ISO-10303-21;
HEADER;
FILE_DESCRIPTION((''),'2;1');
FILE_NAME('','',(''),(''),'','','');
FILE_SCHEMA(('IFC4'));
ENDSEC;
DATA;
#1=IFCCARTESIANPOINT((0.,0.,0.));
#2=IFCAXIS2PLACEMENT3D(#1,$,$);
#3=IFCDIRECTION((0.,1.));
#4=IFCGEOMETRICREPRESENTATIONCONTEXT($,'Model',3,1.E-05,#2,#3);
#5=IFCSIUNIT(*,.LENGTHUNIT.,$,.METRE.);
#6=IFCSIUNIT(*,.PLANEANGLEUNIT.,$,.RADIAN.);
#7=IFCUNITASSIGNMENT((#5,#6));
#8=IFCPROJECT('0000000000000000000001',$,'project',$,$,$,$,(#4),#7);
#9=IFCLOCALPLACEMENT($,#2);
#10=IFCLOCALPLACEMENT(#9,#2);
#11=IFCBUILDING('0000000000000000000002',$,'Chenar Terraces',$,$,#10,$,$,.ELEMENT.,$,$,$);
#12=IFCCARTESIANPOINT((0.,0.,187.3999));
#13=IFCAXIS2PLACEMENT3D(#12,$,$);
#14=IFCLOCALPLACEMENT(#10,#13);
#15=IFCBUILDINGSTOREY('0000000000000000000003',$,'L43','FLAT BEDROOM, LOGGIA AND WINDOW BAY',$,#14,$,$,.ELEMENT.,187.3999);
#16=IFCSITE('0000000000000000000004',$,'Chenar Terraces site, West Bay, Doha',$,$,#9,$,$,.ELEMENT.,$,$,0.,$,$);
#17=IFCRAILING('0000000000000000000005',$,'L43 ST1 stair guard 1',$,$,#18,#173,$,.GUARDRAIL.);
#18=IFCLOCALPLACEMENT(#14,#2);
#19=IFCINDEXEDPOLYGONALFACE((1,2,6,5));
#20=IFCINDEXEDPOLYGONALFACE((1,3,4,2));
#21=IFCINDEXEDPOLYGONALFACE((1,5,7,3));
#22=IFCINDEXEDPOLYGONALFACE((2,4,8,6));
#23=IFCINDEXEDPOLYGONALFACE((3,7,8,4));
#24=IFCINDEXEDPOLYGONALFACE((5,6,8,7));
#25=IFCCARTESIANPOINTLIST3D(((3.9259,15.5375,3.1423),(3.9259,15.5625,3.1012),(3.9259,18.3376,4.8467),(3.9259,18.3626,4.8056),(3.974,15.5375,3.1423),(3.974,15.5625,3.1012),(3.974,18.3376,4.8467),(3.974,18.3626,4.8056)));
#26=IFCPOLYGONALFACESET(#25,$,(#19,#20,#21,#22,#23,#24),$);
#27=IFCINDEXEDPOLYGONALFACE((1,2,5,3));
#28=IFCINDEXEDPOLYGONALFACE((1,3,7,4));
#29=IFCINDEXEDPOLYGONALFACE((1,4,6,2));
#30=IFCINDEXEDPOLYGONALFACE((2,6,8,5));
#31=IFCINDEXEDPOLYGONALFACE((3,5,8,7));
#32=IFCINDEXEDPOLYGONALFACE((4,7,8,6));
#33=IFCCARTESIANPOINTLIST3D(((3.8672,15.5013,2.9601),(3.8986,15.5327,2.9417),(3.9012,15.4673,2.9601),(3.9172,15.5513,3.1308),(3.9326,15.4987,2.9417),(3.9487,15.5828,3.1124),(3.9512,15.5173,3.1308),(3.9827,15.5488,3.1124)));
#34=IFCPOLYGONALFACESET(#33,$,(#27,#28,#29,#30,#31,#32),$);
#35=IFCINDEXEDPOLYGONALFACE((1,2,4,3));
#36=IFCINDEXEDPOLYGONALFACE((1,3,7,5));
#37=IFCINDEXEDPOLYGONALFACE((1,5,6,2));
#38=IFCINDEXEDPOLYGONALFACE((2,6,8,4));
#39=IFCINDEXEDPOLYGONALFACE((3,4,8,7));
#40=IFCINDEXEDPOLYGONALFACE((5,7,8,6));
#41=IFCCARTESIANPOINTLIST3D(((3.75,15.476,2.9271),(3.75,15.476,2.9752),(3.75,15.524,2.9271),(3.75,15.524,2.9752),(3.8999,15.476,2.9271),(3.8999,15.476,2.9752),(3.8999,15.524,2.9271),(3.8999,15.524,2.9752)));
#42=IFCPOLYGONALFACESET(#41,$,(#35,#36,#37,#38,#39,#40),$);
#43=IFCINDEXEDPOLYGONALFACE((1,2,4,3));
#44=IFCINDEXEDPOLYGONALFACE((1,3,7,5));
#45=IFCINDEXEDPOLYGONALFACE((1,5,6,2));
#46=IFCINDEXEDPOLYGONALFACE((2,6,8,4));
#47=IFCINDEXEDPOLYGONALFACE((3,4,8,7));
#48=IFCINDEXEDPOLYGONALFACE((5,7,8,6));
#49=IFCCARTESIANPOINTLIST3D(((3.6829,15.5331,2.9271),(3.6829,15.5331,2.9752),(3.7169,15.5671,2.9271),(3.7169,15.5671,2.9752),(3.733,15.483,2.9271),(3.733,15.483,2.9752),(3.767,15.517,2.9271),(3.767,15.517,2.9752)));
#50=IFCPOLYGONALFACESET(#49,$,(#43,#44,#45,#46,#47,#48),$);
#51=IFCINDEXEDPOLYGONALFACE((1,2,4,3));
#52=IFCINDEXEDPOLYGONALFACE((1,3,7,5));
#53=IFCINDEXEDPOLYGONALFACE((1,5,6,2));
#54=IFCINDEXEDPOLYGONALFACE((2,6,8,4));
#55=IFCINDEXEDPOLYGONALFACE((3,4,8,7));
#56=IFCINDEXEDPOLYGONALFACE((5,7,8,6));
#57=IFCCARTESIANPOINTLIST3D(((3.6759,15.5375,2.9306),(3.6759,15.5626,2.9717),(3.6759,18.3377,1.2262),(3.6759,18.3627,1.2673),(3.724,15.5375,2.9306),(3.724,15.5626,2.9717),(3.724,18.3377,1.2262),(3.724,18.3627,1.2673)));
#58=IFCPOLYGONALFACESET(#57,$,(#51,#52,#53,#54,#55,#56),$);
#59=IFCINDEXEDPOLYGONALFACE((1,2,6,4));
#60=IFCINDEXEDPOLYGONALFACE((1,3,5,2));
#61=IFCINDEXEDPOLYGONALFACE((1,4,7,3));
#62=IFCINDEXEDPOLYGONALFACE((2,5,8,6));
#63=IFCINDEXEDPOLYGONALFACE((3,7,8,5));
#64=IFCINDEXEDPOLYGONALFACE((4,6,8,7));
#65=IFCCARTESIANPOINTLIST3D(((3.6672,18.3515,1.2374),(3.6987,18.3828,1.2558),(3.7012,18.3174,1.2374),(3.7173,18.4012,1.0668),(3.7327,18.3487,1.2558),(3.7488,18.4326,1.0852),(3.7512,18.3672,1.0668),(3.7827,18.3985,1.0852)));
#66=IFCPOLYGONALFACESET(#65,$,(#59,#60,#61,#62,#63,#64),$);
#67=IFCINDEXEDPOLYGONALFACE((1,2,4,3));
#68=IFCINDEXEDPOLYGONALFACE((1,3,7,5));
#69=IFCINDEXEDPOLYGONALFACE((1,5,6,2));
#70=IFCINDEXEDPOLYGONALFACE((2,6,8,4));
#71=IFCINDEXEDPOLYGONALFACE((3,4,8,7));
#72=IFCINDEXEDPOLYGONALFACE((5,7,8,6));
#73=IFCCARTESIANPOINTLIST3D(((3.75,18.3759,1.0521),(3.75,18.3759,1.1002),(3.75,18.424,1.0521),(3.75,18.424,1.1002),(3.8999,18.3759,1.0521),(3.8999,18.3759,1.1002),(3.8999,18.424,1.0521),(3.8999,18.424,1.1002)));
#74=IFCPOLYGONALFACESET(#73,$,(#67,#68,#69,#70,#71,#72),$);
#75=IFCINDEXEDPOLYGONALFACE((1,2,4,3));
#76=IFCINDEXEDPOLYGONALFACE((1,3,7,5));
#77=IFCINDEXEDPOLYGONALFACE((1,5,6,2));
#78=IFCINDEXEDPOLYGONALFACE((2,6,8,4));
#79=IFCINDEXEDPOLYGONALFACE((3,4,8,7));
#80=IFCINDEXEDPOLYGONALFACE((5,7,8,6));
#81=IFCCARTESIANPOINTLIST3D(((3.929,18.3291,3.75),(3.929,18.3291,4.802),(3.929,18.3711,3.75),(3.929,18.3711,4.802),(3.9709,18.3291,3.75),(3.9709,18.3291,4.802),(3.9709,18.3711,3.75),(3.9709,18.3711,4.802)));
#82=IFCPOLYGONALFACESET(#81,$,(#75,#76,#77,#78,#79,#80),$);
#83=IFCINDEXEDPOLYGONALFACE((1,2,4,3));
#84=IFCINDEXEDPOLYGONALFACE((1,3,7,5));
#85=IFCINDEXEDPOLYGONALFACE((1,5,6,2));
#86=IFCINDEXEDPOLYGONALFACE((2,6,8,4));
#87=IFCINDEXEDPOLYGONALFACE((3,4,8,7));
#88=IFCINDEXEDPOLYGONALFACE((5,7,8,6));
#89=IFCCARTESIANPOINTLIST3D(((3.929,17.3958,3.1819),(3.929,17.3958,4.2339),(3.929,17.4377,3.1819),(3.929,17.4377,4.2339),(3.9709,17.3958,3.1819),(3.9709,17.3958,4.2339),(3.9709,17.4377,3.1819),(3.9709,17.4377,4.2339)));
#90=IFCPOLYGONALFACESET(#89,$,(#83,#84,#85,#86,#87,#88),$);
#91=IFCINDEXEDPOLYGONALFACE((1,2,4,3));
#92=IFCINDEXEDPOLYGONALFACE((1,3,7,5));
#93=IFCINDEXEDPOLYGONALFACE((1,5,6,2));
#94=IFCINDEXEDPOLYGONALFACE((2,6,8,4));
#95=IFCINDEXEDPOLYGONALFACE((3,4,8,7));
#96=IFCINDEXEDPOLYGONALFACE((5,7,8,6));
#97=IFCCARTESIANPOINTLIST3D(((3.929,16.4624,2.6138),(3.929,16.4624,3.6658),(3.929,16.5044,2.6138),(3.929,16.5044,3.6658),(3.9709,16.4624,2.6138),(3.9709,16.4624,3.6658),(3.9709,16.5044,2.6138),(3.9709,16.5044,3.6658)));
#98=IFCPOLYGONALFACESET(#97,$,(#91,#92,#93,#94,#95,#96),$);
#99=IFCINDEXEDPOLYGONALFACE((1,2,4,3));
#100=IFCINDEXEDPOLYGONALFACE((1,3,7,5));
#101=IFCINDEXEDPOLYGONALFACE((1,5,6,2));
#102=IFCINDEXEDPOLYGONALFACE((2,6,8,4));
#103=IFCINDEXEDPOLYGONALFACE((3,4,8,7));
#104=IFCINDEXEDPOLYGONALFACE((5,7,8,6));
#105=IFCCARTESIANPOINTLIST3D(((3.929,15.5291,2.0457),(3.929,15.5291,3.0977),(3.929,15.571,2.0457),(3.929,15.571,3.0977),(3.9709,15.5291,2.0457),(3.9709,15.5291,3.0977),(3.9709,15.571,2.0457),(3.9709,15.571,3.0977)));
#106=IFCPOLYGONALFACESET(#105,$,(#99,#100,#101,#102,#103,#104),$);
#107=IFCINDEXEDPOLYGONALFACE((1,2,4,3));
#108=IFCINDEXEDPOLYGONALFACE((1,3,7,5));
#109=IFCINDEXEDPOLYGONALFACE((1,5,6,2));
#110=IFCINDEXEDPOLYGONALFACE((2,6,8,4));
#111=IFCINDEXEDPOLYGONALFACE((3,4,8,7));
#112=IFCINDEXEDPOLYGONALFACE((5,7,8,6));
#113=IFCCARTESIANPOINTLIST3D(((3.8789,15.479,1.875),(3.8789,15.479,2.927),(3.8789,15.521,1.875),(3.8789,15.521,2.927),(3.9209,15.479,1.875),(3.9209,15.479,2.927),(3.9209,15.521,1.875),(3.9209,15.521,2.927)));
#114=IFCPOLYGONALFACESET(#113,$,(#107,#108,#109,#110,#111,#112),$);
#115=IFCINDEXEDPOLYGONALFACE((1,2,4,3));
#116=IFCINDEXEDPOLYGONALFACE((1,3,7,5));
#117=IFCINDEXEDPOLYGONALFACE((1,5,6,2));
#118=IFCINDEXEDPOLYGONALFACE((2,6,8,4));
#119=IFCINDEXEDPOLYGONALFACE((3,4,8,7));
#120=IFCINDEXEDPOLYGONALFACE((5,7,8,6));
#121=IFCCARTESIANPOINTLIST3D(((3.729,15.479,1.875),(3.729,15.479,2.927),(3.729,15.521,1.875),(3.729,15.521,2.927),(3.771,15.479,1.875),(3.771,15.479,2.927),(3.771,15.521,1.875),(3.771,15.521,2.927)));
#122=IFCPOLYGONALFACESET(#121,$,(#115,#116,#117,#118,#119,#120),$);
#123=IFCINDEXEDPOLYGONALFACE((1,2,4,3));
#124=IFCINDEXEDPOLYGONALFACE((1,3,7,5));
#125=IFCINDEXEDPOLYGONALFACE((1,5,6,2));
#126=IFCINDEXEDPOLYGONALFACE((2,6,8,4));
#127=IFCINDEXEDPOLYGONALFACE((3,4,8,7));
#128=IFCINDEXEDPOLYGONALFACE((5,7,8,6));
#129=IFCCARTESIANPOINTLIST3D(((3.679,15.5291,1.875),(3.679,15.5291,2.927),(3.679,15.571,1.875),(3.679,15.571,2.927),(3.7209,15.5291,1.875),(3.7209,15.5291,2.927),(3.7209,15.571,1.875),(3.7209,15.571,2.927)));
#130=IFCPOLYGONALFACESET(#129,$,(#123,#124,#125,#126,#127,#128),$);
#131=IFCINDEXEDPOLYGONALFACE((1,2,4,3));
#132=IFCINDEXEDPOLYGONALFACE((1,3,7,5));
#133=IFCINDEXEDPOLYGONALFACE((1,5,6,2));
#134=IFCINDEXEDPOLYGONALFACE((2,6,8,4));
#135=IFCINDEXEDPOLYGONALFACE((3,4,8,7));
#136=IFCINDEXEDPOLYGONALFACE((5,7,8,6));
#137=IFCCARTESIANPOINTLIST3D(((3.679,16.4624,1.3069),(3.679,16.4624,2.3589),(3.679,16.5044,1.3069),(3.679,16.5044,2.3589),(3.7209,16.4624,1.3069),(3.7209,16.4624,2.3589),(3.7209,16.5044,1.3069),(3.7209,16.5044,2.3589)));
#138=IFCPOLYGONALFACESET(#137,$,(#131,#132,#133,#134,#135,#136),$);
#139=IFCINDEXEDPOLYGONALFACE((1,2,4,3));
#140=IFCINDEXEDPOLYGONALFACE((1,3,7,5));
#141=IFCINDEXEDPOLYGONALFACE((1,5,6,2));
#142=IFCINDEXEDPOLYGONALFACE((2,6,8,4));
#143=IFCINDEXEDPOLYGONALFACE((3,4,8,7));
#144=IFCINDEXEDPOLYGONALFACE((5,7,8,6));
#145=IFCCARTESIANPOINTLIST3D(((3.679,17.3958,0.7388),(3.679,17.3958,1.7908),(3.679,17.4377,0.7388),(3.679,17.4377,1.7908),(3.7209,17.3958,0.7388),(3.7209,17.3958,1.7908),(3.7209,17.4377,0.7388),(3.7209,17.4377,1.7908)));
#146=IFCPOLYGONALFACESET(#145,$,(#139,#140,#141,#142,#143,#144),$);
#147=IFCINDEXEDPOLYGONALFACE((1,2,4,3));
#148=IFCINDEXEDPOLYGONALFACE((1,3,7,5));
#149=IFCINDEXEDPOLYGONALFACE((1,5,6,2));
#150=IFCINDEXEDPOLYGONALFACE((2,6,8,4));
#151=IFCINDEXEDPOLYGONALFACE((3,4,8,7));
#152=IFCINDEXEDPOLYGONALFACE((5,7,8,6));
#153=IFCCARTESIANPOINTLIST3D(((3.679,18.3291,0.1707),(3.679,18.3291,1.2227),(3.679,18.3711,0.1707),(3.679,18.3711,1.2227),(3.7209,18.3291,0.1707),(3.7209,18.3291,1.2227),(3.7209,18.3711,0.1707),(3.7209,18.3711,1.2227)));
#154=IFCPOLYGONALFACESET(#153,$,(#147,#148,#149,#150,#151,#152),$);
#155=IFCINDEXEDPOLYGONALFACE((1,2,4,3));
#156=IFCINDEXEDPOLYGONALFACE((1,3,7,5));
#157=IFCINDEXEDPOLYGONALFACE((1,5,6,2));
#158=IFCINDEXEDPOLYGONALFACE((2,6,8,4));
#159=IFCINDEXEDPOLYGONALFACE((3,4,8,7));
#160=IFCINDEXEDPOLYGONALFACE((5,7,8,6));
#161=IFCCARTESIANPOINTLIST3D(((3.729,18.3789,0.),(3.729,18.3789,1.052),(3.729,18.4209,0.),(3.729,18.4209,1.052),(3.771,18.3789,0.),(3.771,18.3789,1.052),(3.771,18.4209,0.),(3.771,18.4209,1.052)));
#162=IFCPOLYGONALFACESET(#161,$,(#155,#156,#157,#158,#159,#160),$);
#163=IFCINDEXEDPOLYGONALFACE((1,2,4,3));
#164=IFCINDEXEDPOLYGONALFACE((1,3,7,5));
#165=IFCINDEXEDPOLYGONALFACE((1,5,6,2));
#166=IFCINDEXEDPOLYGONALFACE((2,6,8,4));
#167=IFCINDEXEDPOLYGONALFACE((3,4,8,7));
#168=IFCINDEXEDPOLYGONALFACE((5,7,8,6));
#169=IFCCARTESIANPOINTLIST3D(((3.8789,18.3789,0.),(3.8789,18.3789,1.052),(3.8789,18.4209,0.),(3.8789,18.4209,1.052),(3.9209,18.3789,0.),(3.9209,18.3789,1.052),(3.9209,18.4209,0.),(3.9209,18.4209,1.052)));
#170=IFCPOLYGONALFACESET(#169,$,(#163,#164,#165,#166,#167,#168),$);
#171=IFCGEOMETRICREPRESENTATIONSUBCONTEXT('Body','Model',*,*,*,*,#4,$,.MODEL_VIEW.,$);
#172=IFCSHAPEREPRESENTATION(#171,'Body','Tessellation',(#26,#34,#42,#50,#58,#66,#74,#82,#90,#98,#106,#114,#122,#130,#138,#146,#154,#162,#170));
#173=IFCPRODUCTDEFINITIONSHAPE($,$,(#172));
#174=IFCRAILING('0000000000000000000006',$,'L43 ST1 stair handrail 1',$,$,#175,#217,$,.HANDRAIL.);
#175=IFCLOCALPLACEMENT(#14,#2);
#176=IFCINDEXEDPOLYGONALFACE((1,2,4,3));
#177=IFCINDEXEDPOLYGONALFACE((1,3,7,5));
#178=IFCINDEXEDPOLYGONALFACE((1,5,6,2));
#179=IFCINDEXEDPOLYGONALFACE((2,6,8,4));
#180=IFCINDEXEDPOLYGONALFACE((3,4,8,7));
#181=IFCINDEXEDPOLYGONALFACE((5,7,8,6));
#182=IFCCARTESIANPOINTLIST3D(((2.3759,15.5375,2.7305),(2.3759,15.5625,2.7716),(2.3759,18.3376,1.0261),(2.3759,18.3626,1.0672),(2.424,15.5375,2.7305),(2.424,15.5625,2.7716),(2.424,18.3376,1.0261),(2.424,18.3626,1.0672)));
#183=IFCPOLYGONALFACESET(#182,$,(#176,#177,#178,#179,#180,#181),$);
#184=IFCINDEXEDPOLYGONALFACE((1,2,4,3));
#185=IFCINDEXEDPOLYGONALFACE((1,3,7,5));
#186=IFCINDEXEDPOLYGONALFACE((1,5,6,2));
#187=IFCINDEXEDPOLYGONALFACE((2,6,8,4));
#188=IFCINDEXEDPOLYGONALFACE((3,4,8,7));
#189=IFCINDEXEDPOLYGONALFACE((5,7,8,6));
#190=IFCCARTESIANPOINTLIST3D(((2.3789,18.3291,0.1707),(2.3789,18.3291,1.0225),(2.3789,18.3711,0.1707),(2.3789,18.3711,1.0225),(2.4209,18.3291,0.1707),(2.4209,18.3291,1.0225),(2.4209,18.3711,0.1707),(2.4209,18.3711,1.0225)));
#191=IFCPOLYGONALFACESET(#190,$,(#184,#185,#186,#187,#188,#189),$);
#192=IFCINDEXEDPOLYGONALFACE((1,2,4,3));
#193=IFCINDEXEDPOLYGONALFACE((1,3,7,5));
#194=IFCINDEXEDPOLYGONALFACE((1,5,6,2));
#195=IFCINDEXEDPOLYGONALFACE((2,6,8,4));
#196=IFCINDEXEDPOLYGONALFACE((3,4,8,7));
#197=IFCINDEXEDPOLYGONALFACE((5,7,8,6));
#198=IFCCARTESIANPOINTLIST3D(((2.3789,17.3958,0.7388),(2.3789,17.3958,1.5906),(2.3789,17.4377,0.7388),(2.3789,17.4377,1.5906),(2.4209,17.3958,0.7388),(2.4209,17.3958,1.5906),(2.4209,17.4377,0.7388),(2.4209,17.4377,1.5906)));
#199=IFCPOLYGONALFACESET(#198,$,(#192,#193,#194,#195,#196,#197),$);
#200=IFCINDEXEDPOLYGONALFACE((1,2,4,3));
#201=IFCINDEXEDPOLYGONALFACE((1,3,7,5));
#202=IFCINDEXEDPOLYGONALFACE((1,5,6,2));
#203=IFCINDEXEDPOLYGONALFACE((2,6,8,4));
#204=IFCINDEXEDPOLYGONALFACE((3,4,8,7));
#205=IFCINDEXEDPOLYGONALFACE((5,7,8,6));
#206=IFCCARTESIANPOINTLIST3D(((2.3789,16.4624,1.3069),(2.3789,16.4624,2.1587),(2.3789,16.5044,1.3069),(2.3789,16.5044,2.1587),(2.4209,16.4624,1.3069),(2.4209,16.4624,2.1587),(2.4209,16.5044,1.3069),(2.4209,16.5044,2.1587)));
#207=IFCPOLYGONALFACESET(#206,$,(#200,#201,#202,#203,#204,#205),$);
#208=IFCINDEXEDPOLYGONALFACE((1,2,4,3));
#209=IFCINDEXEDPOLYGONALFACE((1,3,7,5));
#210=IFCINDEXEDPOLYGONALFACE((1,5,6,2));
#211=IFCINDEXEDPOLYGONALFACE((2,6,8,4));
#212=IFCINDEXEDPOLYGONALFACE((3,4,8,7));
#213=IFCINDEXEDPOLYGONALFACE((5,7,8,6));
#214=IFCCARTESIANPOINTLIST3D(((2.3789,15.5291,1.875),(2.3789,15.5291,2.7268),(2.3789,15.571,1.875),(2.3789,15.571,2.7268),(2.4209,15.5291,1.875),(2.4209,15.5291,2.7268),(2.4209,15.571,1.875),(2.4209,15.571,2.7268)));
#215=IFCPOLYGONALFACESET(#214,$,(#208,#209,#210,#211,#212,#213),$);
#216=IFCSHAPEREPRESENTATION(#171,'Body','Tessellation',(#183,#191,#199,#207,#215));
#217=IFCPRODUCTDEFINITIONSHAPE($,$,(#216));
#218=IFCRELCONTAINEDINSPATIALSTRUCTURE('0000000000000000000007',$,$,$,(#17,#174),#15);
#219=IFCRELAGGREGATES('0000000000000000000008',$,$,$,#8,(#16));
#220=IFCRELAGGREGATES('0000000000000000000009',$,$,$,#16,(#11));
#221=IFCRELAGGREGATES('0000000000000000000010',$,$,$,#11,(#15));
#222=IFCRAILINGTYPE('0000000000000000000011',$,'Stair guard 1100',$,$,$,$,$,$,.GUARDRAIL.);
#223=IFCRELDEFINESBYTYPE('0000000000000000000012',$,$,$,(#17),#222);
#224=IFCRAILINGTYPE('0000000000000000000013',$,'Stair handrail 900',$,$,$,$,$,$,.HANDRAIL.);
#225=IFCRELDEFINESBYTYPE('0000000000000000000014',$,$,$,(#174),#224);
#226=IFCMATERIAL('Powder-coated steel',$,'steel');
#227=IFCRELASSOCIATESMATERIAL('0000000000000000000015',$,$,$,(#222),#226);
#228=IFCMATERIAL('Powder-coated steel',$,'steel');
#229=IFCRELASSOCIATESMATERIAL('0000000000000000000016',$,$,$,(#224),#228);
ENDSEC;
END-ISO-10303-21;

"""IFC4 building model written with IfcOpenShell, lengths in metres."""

from ifc_helpers import new_model, si_unit, direction, frame, origin, origin_2d, place, context, subcontext, project, spatial, rectangle, extrude, material, type_object, element, save


model = new_model("IFC4")

# Units and contexts
model_context = context("Model", 3, precision=1e-05, world=origin(), true_north=direction((0.0, 1.0)))
body_context = subcontext(model_context, "Body", "Model", "MODEL_VIEW")
ifc_project = project(units=[si_unit("LENGTHUNIT", "METRE"), si_unit("PLANEANGLEUNIT", "RADIAN")], contexts=[model_context])

# Site, building, storey
site_placement = place(None, origin())
site = spatial("IfcSite", under=ifc_project, at=site_placement, Name="Chenar Terraces site, West Bay, Doha", CompositionType="ELEMENT", RefElevation=0.0)
building_placement = place(site_placement, origin())
building = spatial("IfcBuilding", under=site, at=building_placement, Name="Chenar Terraces", CompositionType="ELEMENT")
storey_placement = place(building_placement, frame((0.0, 0.0, 187.3999)))
storey = spatial("IfcBuildingStorey", under=building, at=storey_placement, Name="L43", Description="FLAT BEDROOM, LOGGIA AND WINDOW BAY", CompositionType="ELEMENT", Elevation=187.3999)

# Railings
ifc_material_1 = material(Name="Powder-coated steel", Category="steel")
railing_type_1 = type_object("IfcRailingType", Name="Stair guard 1100", PredefinedType="GUARDRAIL", material=ifc_material_1)
railing_1_placement = place(storey_placement, frame((3.95, 18.3501, 3.75)))
element("IfcRailing", 1, at=railing_1_placement, inside=storey, type_object=railing_type_1, Name="L43 ST1 stair guard 1", PredefinedType="GUARDRAIL", context=body_context, shape_type="SweptSolid", body=[
    extrude(rectangle(XDim=0.0481, YDim=0.0481, at=origin_2d()), frame((0.0, 0.0, 1.0762), z_axis=(0.0, -0.854203, -0.51994), x_axis=(1.0, 0.0, 0.0)), (0.0, 0.0, 1.0), 3.2781),
    extrude(rectangle(XDim=0.0481, YDim=0.0481, at=origin_2d()), frame((0.0, -2.8, -0.6284), z_axis=(-0.2709, -0.2709, -0.923703), x_axis=(0.707107, -0.707107, 0.0)), (0.0, 0.0, 1.0), 0.1848),
    extrude(rectangle(XDim=0.0481, YDim=0.0481, at=origin_2d()), frame((-0.05, -2.8501, -0.7988), z_axis=(-1.0, 0.0, 0.0), x_axis=(0.0, -1.0, 0.0)), (0.0, 0.0, 1.0), 0.1499),
    extrude(rectangle(XDim=0.0481, YDim=0.0481, at=origin_2d()), frame((-0.2, -2.8501, -0.7988), z_axis=(-0.707107, 0.707107, 0.0), x_axis=(-0.707107, -0.707107, 0.0)), (0.0, 0.0, 1.0), 0.0708),
    extrude(rectangle(XDim=0.0481, YDim=0.0481, at=origin_2d()), frame((-0.25, -2.8, -0.7988), z_axis=(0.0, 0.854203, -0.51994), x_axis=(-1.0, 0.0, 0.0)), (0.0, 0.0, 1.0), 3.2781),
    extrude(rectangle(XDim=0.0481, YDim=0.0481, at=origin_2d()), frame((-0.25, 0.0, -2.5034), z_axis=(0.270997, 0.269675, -0.924033), x_axis=(-0.705376, 0.708834, 0.0)), (0.0, 0.0, 1.0), 0.1846),
    extrude(rectangle(XDim=0.0481, YDim=0.0481, at=origin_2d()), frame((-0.2, 0.0498, -2.6738), z_axis=(1.0, 0.0, 0.0), x_axis=(0.0, 1.0, 0.0)), (0.0, 0.0, 1.0), 0.1499),
    extrude(rectangle(XDim=0.042, YDim=0.042, at=origin_2d()), origin(), (0.0, 0.0, 1.0), 1.052),
    extrude(rectangle(XDim=0.042, YDim=0.042, at=origin_2d()), frame((0.0, -0.9333, -0.5681)), (0.0, 0.0, 1.0), 1.052),
    extrude(rectangle(XDim=0.042, YDim=0.042, at=origin_2d()), frame((0.0, -1.8667, -1.1362)), (0.0, 0.0, 1.0), 1.052),
    extrude(rectangle(XDim=0.042, YDim=0.042, at=origin_2d()), frame((0.0, -2.8, -1.7043)), (0.0, 0.0, 1.0), 1.052),
    extrude(rectangle(XDim=0.042, YDim=0.042, at=origin_2d()), frame((-0.05, -2.8501, -1.875)), (0.0, 0.0, 1.0), 1.052),
    extrude(rectangle(XDim=0.042, YDim=0.042, at=origin_2d()), frame((-0.2, -2.8501, -1.875)), (0.0, 0.0, 1.0), 1.052),
    extrude(rectangle(XDim=0.042, YDim=0.042, at=origin_2d()), frame((-0.25, -2.8, -1.875)), (0.0, 0.0, 1.0), 1.052),
    extrude(rectangle(XDim=0.042, YDim=0.042, at=origin_2d()), frame((-0.25, -1.8667, -2.4431)), (0.0, 0.0, 1.0), 1.052),
    extrude(rectangle(XDim=0.042, YDim=0.042, at=origin_2d()), frame((-0.25, -0.9333, -3.0112)), (0.0, 0.0, 1.0), 1.052),
    extrude(rectangle(XDim=0.042, YDim=0.042, at=origin_2d()), frame((-0.25, 0.0, -3.5793)), (0.0, 0.0, 1.0), 1.052),
    extrude(rectangle(XDim=0.042, YDim=0.042, at=origin_2d()), frame((-0.2, 0.0498, -3.75)), (0.0, 0.0, 1.0), 1.052),
    extrude(rectangle(XDim=0.042, YDim=0.042, at=origin_2d()), frame((-0.05, 0.0498, -3.75)), (0.0, 0.0, 1.0), 1.052),
])
ifc_material_2 = material(Name="Powder-coated steel", Category="steel")
railing_type_2 = type_object("IfcRailingType", Name="Stair handrail 900", PredefinedType="HANDRAIL", material=ifc_material_2)
railing_2_placement = place(storey_placement, frame((2.3999, 18.3501, 0.1707)))
element("IfcRailing", 2, at=railing_2_placement, inside=storey, type_object=railing_type_2, Name="L43 ST1 stair handrail 1", PredefinedType="HANDRAIL", context=body_context, shape_type="SweptSolid", body=[
    extrude(rectangle(XDim=0.0481, YDim=0.0481, at=origin_2d()), frame((0.0, 0.0, 0.876), z_axis=(0.0, -0.854203, 0.51994), x_axis=(1.0, 0.0, 0.0)), (0.0, 0.0, 1.0), 3.2781),
    extrude(rectangle(XDim=0.042, YDim=0.042, at=origin_2d()), origin(), (0.0, 0.0, 1.0), 0.8518),
    extrude(rectangle(XDim=0.042, YDim=0.042, at=origin_2d()), frame((0.0, -0.9333, 0.5681)), (0.0, 0.0, 1.0), 0.8518),
    extrude(rectangle(XDim=0.042, YDim=0.042, at=origin_2d()), frame((0.0, -1.8667, 1.1362)), (0.0, 0.0, 1.0), 0.8518),
    extrude(rectangle(XDim=0.042, YDim=0.042, at=origin_2d()), frame((0.0, -2.8, 1.7043)), (0.0, 0.0, 1.0), 0.8518),
])

save(model, "model.ifc")
